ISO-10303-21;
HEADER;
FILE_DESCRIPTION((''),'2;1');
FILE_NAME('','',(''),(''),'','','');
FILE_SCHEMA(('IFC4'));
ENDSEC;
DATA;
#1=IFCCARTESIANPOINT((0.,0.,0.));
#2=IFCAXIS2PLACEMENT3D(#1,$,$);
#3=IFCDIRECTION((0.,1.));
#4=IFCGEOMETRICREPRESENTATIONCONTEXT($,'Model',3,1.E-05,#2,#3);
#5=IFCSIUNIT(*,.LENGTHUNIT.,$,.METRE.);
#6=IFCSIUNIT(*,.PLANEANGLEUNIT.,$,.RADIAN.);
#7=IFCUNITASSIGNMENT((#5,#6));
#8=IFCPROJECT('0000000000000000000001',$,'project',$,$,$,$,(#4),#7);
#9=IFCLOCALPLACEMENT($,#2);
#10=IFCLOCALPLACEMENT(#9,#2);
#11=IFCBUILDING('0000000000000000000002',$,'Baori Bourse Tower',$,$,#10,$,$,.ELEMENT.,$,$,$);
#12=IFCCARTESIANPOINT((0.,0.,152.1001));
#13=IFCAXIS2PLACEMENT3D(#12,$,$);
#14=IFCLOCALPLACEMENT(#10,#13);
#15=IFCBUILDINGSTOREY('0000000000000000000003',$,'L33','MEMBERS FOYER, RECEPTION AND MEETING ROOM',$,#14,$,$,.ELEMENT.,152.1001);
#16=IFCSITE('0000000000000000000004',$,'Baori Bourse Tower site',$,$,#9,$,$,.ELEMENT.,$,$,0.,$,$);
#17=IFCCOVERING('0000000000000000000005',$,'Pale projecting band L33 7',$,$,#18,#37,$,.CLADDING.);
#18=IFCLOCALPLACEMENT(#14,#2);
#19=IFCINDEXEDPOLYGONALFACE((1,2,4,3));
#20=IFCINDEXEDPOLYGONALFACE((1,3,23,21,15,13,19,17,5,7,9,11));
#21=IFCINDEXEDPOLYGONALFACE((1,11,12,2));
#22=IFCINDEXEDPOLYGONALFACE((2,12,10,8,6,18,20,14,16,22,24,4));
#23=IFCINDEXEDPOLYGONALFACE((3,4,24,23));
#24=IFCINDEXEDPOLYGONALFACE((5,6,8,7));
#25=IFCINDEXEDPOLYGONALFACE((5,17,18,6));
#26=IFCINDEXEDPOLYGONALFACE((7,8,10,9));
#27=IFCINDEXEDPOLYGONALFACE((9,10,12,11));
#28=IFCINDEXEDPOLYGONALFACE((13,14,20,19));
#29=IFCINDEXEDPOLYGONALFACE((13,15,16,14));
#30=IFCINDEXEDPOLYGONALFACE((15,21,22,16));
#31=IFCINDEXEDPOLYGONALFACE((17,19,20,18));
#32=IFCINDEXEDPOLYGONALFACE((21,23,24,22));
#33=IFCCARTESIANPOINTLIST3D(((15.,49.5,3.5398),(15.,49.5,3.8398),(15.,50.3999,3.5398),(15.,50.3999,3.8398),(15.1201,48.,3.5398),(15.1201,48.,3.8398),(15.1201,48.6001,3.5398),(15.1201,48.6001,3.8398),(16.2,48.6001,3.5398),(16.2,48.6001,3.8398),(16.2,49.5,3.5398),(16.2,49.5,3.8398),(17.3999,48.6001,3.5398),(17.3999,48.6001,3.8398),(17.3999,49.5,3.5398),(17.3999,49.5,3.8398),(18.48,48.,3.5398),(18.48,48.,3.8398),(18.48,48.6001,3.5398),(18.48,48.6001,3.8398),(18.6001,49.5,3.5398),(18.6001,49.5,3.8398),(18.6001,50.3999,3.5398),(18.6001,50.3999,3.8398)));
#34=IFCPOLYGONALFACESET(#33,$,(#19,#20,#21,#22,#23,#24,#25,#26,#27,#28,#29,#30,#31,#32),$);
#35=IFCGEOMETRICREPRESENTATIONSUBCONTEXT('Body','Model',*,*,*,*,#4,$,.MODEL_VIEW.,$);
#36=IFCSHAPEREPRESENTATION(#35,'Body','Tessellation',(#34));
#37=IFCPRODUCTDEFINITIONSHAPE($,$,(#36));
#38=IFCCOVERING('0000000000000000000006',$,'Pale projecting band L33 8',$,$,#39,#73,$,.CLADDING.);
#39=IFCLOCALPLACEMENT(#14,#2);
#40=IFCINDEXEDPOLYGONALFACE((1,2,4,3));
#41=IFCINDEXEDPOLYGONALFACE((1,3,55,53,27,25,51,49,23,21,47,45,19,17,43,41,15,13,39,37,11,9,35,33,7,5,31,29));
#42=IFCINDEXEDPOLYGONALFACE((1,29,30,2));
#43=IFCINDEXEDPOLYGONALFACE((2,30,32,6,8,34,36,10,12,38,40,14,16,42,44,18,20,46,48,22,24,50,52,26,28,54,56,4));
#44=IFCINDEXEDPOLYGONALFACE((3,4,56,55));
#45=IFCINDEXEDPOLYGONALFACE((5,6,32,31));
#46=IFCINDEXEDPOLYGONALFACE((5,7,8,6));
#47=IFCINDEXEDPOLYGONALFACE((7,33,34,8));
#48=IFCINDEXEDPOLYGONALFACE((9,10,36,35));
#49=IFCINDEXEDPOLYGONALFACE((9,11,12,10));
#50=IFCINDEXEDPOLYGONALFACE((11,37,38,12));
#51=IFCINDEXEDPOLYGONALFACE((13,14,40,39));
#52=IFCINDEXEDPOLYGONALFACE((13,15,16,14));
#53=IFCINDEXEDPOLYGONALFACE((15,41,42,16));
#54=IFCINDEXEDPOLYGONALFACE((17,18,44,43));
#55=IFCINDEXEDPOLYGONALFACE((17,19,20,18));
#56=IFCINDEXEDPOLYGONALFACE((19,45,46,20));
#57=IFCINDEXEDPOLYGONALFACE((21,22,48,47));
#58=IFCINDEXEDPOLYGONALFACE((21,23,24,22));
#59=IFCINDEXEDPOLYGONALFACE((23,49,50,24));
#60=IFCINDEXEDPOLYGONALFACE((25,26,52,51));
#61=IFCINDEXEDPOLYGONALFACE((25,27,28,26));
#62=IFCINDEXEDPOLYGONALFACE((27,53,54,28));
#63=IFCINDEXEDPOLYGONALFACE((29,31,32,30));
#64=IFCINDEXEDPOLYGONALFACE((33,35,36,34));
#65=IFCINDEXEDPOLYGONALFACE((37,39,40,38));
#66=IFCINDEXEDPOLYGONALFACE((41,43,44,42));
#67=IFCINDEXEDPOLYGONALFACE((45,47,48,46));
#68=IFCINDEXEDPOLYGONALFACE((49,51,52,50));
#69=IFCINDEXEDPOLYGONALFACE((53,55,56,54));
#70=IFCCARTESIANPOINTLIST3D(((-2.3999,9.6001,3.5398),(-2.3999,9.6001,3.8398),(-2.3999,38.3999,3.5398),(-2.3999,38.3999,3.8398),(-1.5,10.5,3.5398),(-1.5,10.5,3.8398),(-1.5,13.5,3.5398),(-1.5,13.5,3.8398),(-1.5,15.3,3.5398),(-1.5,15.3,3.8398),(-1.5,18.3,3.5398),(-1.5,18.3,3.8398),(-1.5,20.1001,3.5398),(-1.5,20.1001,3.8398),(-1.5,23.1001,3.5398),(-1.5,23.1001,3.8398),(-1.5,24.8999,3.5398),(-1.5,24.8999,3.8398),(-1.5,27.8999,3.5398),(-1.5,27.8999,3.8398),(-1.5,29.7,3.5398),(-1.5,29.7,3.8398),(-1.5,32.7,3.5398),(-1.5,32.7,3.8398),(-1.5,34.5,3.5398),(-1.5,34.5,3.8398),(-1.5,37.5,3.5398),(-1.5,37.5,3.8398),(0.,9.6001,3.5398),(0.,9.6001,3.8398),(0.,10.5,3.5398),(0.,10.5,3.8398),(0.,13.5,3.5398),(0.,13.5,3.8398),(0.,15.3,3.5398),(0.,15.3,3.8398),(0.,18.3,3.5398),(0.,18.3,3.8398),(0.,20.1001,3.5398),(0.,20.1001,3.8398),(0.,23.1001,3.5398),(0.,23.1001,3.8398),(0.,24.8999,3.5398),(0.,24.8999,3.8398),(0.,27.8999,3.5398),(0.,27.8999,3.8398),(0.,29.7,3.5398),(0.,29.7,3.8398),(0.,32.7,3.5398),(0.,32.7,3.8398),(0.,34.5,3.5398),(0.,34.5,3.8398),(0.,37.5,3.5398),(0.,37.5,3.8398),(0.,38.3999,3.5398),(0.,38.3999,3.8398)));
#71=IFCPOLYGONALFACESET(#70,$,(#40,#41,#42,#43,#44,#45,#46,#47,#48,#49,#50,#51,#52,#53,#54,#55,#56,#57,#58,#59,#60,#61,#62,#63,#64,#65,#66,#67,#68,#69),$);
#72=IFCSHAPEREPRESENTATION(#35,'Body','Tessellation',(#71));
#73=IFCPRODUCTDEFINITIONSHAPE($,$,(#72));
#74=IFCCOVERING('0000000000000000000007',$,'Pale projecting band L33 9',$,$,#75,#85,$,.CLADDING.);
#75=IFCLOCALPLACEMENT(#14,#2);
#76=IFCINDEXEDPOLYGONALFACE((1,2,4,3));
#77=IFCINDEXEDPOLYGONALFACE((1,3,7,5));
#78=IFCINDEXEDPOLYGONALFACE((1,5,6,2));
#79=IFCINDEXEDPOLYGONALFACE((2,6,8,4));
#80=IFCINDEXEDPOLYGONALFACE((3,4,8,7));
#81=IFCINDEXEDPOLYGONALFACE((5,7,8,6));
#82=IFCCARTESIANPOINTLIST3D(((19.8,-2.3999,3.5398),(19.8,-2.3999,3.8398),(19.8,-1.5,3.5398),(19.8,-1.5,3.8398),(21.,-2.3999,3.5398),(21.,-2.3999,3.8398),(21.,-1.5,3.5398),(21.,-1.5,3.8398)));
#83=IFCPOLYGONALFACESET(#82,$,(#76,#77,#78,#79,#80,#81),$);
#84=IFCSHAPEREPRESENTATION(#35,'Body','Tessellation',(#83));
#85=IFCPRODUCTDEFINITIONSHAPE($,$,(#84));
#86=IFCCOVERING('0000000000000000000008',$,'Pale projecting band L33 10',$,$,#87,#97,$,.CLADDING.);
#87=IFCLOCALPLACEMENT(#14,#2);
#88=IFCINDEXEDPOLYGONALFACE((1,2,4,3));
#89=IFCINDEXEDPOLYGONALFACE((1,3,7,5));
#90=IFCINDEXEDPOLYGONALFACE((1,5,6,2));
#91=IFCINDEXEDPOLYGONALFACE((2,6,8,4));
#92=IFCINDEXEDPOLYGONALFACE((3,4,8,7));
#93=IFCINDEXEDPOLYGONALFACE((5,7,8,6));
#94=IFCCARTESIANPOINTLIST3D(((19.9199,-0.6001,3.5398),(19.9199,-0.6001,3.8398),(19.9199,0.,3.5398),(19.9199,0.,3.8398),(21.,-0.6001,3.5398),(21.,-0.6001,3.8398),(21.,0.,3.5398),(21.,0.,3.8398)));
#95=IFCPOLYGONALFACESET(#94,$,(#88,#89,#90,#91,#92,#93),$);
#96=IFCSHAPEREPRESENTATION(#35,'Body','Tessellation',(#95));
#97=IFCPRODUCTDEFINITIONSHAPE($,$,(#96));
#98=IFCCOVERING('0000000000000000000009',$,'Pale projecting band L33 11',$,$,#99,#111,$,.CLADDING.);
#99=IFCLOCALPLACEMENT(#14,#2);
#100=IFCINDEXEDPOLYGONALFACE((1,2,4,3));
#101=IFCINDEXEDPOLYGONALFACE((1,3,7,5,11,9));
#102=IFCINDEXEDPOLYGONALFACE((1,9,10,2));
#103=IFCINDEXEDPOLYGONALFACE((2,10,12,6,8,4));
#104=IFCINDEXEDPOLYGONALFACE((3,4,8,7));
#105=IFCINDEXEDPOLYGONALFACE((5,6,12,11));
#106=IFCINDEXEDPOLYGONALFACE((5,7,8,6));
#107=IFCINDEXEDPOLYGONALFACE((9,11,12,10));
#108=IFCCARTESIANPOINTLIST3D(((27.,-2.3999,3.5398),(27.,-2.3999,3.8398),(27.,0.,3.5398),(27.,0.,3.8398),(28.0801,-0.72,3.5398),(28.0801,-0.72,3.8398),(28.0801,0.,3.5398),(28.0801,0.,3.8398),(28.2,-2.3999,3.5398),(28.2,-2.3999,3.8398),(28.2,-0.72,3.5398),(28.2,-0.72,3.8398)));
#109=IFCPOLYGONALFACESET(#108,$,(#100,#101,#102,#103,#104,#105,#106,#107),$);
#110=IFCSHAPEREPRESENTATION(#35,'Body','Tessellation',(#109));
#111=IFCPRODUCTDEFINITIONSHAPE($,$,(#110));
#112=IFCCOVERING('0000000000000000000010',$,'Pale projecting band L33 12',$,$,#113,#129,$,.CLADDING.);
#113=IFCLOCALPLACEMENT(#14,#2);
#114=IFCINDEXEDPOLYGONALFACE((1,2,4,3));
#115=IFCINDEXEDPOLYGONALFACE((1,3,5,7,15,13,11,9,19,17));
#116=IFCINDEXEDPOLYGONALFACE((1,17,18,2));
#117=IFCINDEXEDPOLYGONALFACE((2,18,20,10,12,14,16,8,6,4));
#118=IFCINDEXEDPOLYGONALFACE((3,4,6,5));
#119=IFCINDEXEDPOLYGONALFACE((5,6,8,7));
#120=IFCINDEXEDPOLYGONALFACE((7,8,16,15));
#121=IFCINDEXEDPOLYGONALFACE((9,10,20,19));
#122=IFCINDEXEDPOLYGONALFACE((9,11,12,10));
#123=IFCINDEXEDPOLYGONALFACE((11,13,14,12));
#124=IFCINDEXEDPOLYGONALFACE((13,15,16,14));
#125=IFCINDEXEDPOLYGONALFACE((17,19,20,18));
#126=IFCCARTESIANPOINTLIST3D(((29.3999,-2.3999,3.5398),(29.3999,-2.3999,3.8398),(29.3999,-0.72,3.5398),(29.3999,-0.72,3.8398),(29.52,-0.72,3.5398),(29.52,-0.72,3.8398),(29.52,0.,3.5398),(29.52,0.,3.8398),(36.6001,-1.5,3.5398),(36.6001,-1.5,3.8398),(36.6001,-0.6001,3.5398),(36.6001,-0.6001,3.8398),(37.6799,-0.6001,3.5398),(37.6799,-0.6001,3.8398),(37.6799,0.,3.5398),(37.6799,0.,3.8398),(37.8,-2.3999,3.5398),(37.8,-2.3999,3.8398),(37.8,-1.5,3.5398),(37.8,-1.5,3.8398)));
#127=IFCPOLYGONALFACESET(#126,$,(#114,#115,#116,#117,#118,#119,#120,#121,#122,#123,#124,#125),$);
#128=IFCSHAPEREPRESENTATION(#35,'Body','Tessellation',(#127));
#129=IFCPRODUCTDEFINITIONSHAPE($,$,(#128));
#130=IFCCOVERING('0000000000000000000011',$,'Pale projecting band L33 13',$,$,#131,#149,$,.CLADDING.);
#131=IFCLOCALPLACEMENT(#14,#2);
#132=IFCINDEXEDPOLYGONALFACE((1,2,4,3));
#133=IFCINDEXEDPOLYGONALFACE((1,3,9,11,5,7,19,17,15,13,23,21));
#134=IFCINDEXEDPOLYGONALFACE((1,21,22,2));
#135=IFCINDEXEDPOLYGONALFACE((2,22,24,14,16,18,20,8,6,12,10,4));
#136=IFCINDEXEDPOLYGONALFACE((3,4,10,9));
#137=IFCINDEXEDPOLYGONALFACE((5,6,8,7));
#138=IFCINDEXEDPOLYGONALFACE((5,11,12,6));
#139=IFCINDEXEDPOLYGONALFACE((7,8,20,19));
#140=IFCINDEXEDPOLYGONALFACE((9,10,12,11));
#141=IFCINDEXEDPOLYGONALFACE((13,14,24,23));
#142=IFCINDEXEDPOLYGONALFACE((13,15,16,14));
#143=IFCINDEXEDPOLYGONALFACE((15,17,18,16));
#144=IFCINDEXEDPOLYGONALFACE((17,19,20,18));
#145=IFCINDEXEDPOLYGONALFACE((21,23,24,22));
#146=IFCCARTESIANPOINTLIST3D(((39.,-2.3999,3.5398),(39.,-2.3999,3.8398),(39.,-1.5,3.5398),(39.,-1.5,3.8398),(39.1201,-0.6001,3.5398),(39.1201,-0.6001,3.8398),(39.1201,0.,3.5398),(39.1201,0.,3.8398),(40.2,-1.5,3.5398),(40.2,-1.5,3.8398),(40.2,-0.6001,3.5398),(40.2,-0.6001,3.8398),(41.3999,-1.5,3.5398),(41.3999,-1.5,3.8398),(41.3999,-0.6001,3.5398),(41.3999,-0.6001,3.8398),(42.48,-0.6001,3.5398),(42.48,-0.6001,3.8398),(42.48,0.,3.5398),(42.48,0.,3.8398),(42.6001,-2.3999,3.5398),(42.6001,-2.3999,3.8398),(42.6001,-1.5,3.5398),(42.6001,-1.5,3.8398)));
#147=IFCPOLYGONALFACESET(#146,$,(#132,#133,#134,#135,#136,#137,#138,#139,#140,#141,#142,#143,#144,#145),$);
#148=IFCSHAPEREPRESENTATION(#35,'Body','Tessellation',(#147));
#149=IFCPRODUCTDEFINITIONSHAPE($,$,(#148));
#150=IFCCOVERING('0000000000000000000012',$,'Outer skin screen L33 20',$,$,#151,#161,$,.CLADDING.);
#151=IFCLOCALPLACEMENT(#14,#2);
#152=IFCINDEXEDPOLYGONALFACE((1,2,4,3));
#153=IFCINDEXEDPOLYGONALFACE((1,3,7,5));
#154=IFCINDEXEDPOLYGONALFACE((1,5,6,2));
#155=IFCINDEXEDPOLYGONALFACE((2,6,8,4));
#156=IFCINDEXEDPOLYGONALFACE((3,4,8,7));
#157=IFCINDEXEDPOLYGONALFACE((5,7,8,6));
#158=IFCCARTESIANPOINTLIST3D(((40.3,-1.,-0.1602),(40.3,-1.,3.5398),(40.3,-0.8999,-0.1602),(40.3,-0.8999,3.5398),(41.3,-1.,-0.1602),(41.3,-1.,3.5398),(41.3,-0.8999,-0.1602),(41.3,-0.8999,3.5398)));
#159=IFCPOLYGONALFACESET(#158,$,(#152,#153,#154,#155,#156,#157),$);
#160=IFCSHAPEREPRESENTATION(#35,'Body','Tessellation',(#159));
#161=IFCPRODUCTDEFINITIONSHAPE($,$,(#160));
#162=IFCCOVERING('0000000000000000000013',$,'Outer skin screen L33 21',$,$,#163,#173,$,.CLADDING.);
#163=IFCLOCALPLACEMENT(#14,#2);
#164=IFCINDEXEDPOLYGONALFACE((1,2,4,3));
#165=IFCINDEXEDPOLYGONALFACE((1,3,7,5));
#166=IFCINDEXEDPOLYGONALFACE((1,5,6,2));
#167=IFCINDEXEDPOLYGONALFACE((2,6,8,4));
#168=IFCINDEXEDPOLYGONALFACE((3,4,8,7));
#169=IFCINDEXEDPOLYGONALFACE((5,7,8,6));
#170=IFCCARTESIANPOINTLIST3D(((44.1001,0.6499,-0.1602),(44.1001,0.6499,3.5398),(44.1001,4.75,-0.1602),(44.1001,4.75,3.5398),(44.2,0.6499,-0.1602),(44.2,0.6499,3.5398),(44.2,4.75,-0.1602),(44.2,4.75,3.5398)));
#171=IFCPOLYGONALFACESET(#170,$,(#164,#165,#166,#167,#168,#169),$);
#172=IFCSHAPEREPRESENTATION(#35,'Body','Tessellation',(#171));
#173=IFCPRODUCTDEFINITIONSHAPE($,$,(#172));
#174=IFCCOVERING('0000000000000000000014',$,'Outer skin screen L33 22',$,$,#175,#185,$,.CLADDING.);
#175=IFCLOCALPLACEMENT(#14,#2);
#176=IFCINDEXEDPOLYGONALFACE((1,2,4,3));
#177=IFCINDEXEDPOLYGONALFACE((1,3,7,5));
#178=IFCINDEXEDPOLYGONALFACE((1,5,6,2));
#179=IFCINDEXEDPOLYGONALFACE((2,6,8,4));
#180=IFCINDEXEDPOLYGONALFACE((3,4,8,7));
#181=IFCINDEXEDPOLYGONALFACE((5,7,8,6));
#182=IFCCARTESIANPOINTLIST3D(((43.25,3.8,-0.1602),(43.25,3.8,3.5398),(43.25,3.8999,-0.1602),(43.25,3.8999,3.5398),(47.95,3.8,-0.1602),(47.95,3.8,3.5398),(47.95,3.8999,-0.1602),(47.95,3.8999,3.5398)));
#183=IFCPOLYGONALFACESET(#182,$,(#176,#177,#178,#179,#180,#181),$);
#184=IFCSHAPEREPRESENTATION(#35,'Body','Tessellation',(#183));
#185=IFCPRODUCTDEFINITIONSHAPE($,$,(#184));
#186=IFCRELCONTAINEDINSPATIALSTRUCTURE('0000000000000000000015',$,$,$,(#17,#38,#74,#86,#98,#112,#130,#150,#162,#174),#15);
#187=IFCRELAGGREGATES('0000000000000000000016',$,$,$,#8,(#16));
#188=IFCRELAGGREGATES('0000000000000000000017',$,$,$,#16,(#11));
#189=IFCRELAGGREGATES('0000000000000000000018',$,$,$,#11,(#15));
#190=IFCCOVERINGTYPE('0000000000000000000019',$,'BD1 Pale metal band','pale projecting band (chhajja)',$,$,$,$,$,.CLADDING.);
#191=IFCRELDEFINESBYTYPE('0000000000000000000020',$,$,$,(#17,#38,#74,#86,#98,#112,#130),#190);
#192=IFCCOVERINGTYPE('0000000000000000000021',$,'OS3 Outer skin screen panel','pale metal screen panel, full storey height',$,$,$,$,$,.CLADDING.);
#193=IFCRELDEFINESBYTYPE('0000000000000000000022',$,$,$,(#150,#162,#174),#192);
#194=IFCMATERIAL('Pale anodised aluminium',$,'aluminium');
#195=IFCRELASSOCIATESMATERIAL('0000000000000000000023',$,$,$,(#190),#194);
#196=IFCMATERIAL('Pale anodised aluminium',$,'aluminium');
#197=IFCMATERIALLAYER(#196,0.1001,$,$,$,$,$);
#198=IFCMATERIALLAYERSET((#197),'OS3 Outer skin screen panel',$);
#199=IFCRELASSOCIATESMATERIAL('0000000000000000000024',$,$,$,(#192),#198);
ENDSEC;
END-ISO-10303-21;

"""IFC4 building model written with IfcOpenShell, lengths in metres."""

from ifc_helpers import new_model, si_unit, direction, frame, origin, place, context, subcontext, project, spatial, polyline, outline, extrude, material, layer, layer_set, type_object, element, save


model = new_model("IFC4")

# Units and contexts
model_context = context("Model", 3, precision=1e-05, world=origin(), true_north=direction((0.0, 1.0)))
body_context = subcontext(model_context, "Body", "Model", "MODEL_VIEW")
ifc_project = project(units=[si_unit("LENGTHUNIT", "METRE"), si_unit("PLANEANGLEUNIT", "RADIAN")], contexts=[model_context])

# Site, building, storey
site_placement = place(None, origin())
site = spatial("IfcSite", under=ifc_project, at=site_placement, Name="Baori Bourse Tower site", CompositionType="ELEMENT", RefElevation=0.0)
building_placement = place(site_placement, origin())
building = spatial("IfcBuilding", under=site, at=building_placement, Name="Baori Bourse Tower", CompositionType="ELEMENT")
storey_placement = place(building_placement, frame((0.0, 0.0, 152.1001)))
storey = spatial("IfcBuildingStorey", under=building, at=storey_placement, Name="L33", Description="MEMBERS FOYER, RECEPTION AND MEETING ROOM", CompositionType="ELEMENT", Elevation=152.1001)

# Coverings
ifc_material_1 = material(Name="Pale anodised aluminium", Category="aluminium")
covering_type_1 = type_object("IfcCoveringType", Name="BD1 Pale metal band", Description="pale projecting band (chhajja)", PredefinedType="CLADDING", material=ifc_material_1)
covering_1_placement = place(storey_placement, frame((0.0, 0.0, 3.5398)))
element("IfcCovering", 1, at=covering_1_placement, inside=storey, type_object=covering_type_1, Name="Pale projecting band L33 7", PredefinedType="CLADDING", context=body_context, shape_type="SweptSolid", body=[
    extrude(outline(polyline([(15.1201, 48.0), (18.48, 48.0), (18.48, 48.6001), (17.3999, 48.6001), (17.3999, 49.5), (18.6001, 49.5), (18.6001, 50.3999), (15.0, 50.3999), (15.0, 49.5), (16.2, 49.5), (16.2, 48.6001), (15.1201, 48.6001), (15.1201, 48.0)])), origin(), (0.0, 0.0, 1.0), 0.3),
])
covering_2_placement = place(storey_placement, frame((0.0, 0.0, 3.5398)))
element("IfcCovering", 2, at=covering_2_placement, inside=storey, type_object=covering_type_1, Name="Pale projecting band L33 8", PredefinedType="CLADDING", context=body_context, shape_type="SweptSolid", body=[
    extrude(outline(polyline([(0.0, 37.5), (0.0, 38.3999), (-2.3999, 38.3999), (-2.3999, 9.6001), (0.0, 9.6001), (0.0, 10.5), (-1.5, 10.5), (-1.5, 13.5), (0.0, 13.5), (0.0, 15.3), (-1.5, 15.3), (-1.5, 18.3), (0.0, 18.3), (0.0, 20.1001), (-1.5, 20.1001), (-1.5, 23.1001), (0.0, 23.1001), (0.0, 24.8999), (-1.5, 24.8999), (-1.5, 27.8999), (0.0, 27.8999), (0.0, 29.7), (-1.5, 29.7), (-1.5, 32.7), (0.0, 32.7), (0.0, 34.5), (-1.5, 34.5), (-1.5, 37.5), (0.0, 37.5)])), origin(), (0.0, 0.0, 1.0), 0.3),
])
covering_3_placement = place(storey_placement, frame((0.0, 0.0, 3.5398)))
element("IfcCovering", 3, at=covering_3_placement, inside=storey, type_object=covering_type_1, Name="Pale projecting band L33 9", PredefinedType="CLADDING", context=body_context, shape_type="SweptSolid", body=[
    extrude(outline(polyline([(19.8, -2.3999), (21.0, -2.3999), (21.0, -1.5), (19.8, -1.5), (19.8, -2.3999)])), origin(), (0.0, 0.0, 1.0), 0.3),
])
covering_4_placement = place(storey_placement, frame((0.0, 0.0, 3.5398)))
element("IfcCovering", 4, at=covering_4_placement, inside=storey, type_object=covering_type_1, Name="Pale projecting band L33 10", PredefinedType="CLADDING", context=body_context, shape_type="SweptSolid", body=[
    extrude(outline(polyline([(21.0, 0.0), (19.9199, 0.0), (19.9199, -0.6001), (21.0, -0.6001), (21.0, 0.0)])), origin(), (0.0, 0.0, 1.0), 0.3),
])
covering_5_placement = place(storey_placement, frame((0.0, 0.0, 3.5398)))
element("IfcCovering", 5, at=covering_5_placement, inside=storey, type_object=covering_type_1, Name="Pale projecting band L33 11", PredefinedType="CLADDING", context=body_context, shape_type="SweptSolid", body=[
    extrude(outline(polyline([(28.0801, 0.0), (27.0, 0.0), (27.0, -2.3999), (28.2, -2.3999), (28.2, -0.72), (28.0801, -0.72), (28.0801, 0.0)])), origin(), (0.0, 0.0, 1.0), 0.3),
])
covering_6_placement = place(storey_placement, frame((0.0, 0.0, 3.5398)))
element("IfcCovering", 6, at=covering_6_placement, inside=storey, type_object=covering_type_1, Name="Pale projecting band L33 12", PredefinedType="CLADDING", context=body_context, shape_type="SweptSolid", body=[
    extrude(outline(polyline([(37.6799, 0.0), (29.52, 0.0), (29.52, -0.72), (29.3999, -0.72), (29.3999, -2.3999), (37.8, -2.3999), (37.8, -1.5), (36.6001, -1.5), (36.6001, -0.6001), (37.6799, -0.6001), (37.6799, 0.0)])), origin(), (0.0, 0.0, 1.0), 0.3),
])
covering_7_placement = place(storey_placement, frame((0.0, 0.0, 3.5398)))
element("IfcCovering", 7, at=covering_7_placement, inside=storey, type_object=covering_type_1, Name="Pale projecting band L33 13", PredefinedType="CLADDING", context=body_context, shape_type="SweptSolid", body=[
    extrude(outline(polyline([(42.48, 0.0), (39.1201, 0.0), (39.1201, -0.6001), (40.2, -0.6001), (40.2, -1.5), (39.0, -1.5), (39.0, -2.3999), (42.6001, -2.3999), (42.6001, -1.5), (41.3999, -1.5), (41.3999, -0.6001), (42.48, -0.6001), (42.48, 0.0)])), origin(), (0.0, 0.0, 1.0), 0.3),
])
ifc_material_2 = material(Name="Pale anodised aluminium", Category="aluminium")
ifc_layer_1 = layer(ifc_material_2, 0.1001)
ifc_layer_set_1 = layer_set([ifc_layer_1], Name="OS3 Outer skin screen panel")
covering_type_2 = type_object("IfcCoveringType", Name="OS3 Outer skin screen panel", Description="pale metal screen panel, full storey height", PredefinedType="CLADDING", material=ifc_layer_set_1)
covering_8_placement = place(storey_placement, frame((0.0, 0.0, -0.1602)))
element("IfcCovering", 8, at=covering_8_placement, inside=storey, type_object=covering_type_2, Name="Outer skin screen L33 20", PredefinedType="CLADDING", context=body_context, shape_type="SweptSolid", body=[
    extrude(outline(polyline([(41.3, -0.8999), (40.3, -0.8999), (40.3, -1.0), (41.3, -1.0), (41.3, -0.8999)])), origin(), (0.0, 0.0, 1.0), 3.7),
])
covering_9_placement = place(storey_placement, frame((0.0, 0.0, -0.1602)))
element("IfcCovering", 9, at=covering_9_placement, inside=storey, type_object=covering_type_2, Name="Outer skin screen L33 21", PredefinedType="CLADDING", context=body_context, shape_type="SweptSolid", body=[
    extrude(outline(polyline([(44.1001, 4.75), (44.1001, 0.6499), (44.2, 0.6499), (44.2, 4.75), (44.1001, 4.75)])), origin(), (0.0, 0.0, 1.0), 3.7),
])
covering_10_placement = place(storey_placement, frame((0.0, 0.0, -0.1602)))
element("IfcCovering", 10, at=covering_10_placement, inside=storey, type_object=covering_type_2, Name="Outer skin screen L33 22", PredefinedType="CLADDING", context=body_context, shape_type="SweptSolid", body=[
    extrude(outline(polyline([(47.95, 3.8999), (43.25, 3.8999), (43.25, 3.8), (47.95, 3.8), (47.95, 3.8999)])), origin(), (0.0, 0.0, 1.0), 3.7),
])

save(model, "model.ifc")
